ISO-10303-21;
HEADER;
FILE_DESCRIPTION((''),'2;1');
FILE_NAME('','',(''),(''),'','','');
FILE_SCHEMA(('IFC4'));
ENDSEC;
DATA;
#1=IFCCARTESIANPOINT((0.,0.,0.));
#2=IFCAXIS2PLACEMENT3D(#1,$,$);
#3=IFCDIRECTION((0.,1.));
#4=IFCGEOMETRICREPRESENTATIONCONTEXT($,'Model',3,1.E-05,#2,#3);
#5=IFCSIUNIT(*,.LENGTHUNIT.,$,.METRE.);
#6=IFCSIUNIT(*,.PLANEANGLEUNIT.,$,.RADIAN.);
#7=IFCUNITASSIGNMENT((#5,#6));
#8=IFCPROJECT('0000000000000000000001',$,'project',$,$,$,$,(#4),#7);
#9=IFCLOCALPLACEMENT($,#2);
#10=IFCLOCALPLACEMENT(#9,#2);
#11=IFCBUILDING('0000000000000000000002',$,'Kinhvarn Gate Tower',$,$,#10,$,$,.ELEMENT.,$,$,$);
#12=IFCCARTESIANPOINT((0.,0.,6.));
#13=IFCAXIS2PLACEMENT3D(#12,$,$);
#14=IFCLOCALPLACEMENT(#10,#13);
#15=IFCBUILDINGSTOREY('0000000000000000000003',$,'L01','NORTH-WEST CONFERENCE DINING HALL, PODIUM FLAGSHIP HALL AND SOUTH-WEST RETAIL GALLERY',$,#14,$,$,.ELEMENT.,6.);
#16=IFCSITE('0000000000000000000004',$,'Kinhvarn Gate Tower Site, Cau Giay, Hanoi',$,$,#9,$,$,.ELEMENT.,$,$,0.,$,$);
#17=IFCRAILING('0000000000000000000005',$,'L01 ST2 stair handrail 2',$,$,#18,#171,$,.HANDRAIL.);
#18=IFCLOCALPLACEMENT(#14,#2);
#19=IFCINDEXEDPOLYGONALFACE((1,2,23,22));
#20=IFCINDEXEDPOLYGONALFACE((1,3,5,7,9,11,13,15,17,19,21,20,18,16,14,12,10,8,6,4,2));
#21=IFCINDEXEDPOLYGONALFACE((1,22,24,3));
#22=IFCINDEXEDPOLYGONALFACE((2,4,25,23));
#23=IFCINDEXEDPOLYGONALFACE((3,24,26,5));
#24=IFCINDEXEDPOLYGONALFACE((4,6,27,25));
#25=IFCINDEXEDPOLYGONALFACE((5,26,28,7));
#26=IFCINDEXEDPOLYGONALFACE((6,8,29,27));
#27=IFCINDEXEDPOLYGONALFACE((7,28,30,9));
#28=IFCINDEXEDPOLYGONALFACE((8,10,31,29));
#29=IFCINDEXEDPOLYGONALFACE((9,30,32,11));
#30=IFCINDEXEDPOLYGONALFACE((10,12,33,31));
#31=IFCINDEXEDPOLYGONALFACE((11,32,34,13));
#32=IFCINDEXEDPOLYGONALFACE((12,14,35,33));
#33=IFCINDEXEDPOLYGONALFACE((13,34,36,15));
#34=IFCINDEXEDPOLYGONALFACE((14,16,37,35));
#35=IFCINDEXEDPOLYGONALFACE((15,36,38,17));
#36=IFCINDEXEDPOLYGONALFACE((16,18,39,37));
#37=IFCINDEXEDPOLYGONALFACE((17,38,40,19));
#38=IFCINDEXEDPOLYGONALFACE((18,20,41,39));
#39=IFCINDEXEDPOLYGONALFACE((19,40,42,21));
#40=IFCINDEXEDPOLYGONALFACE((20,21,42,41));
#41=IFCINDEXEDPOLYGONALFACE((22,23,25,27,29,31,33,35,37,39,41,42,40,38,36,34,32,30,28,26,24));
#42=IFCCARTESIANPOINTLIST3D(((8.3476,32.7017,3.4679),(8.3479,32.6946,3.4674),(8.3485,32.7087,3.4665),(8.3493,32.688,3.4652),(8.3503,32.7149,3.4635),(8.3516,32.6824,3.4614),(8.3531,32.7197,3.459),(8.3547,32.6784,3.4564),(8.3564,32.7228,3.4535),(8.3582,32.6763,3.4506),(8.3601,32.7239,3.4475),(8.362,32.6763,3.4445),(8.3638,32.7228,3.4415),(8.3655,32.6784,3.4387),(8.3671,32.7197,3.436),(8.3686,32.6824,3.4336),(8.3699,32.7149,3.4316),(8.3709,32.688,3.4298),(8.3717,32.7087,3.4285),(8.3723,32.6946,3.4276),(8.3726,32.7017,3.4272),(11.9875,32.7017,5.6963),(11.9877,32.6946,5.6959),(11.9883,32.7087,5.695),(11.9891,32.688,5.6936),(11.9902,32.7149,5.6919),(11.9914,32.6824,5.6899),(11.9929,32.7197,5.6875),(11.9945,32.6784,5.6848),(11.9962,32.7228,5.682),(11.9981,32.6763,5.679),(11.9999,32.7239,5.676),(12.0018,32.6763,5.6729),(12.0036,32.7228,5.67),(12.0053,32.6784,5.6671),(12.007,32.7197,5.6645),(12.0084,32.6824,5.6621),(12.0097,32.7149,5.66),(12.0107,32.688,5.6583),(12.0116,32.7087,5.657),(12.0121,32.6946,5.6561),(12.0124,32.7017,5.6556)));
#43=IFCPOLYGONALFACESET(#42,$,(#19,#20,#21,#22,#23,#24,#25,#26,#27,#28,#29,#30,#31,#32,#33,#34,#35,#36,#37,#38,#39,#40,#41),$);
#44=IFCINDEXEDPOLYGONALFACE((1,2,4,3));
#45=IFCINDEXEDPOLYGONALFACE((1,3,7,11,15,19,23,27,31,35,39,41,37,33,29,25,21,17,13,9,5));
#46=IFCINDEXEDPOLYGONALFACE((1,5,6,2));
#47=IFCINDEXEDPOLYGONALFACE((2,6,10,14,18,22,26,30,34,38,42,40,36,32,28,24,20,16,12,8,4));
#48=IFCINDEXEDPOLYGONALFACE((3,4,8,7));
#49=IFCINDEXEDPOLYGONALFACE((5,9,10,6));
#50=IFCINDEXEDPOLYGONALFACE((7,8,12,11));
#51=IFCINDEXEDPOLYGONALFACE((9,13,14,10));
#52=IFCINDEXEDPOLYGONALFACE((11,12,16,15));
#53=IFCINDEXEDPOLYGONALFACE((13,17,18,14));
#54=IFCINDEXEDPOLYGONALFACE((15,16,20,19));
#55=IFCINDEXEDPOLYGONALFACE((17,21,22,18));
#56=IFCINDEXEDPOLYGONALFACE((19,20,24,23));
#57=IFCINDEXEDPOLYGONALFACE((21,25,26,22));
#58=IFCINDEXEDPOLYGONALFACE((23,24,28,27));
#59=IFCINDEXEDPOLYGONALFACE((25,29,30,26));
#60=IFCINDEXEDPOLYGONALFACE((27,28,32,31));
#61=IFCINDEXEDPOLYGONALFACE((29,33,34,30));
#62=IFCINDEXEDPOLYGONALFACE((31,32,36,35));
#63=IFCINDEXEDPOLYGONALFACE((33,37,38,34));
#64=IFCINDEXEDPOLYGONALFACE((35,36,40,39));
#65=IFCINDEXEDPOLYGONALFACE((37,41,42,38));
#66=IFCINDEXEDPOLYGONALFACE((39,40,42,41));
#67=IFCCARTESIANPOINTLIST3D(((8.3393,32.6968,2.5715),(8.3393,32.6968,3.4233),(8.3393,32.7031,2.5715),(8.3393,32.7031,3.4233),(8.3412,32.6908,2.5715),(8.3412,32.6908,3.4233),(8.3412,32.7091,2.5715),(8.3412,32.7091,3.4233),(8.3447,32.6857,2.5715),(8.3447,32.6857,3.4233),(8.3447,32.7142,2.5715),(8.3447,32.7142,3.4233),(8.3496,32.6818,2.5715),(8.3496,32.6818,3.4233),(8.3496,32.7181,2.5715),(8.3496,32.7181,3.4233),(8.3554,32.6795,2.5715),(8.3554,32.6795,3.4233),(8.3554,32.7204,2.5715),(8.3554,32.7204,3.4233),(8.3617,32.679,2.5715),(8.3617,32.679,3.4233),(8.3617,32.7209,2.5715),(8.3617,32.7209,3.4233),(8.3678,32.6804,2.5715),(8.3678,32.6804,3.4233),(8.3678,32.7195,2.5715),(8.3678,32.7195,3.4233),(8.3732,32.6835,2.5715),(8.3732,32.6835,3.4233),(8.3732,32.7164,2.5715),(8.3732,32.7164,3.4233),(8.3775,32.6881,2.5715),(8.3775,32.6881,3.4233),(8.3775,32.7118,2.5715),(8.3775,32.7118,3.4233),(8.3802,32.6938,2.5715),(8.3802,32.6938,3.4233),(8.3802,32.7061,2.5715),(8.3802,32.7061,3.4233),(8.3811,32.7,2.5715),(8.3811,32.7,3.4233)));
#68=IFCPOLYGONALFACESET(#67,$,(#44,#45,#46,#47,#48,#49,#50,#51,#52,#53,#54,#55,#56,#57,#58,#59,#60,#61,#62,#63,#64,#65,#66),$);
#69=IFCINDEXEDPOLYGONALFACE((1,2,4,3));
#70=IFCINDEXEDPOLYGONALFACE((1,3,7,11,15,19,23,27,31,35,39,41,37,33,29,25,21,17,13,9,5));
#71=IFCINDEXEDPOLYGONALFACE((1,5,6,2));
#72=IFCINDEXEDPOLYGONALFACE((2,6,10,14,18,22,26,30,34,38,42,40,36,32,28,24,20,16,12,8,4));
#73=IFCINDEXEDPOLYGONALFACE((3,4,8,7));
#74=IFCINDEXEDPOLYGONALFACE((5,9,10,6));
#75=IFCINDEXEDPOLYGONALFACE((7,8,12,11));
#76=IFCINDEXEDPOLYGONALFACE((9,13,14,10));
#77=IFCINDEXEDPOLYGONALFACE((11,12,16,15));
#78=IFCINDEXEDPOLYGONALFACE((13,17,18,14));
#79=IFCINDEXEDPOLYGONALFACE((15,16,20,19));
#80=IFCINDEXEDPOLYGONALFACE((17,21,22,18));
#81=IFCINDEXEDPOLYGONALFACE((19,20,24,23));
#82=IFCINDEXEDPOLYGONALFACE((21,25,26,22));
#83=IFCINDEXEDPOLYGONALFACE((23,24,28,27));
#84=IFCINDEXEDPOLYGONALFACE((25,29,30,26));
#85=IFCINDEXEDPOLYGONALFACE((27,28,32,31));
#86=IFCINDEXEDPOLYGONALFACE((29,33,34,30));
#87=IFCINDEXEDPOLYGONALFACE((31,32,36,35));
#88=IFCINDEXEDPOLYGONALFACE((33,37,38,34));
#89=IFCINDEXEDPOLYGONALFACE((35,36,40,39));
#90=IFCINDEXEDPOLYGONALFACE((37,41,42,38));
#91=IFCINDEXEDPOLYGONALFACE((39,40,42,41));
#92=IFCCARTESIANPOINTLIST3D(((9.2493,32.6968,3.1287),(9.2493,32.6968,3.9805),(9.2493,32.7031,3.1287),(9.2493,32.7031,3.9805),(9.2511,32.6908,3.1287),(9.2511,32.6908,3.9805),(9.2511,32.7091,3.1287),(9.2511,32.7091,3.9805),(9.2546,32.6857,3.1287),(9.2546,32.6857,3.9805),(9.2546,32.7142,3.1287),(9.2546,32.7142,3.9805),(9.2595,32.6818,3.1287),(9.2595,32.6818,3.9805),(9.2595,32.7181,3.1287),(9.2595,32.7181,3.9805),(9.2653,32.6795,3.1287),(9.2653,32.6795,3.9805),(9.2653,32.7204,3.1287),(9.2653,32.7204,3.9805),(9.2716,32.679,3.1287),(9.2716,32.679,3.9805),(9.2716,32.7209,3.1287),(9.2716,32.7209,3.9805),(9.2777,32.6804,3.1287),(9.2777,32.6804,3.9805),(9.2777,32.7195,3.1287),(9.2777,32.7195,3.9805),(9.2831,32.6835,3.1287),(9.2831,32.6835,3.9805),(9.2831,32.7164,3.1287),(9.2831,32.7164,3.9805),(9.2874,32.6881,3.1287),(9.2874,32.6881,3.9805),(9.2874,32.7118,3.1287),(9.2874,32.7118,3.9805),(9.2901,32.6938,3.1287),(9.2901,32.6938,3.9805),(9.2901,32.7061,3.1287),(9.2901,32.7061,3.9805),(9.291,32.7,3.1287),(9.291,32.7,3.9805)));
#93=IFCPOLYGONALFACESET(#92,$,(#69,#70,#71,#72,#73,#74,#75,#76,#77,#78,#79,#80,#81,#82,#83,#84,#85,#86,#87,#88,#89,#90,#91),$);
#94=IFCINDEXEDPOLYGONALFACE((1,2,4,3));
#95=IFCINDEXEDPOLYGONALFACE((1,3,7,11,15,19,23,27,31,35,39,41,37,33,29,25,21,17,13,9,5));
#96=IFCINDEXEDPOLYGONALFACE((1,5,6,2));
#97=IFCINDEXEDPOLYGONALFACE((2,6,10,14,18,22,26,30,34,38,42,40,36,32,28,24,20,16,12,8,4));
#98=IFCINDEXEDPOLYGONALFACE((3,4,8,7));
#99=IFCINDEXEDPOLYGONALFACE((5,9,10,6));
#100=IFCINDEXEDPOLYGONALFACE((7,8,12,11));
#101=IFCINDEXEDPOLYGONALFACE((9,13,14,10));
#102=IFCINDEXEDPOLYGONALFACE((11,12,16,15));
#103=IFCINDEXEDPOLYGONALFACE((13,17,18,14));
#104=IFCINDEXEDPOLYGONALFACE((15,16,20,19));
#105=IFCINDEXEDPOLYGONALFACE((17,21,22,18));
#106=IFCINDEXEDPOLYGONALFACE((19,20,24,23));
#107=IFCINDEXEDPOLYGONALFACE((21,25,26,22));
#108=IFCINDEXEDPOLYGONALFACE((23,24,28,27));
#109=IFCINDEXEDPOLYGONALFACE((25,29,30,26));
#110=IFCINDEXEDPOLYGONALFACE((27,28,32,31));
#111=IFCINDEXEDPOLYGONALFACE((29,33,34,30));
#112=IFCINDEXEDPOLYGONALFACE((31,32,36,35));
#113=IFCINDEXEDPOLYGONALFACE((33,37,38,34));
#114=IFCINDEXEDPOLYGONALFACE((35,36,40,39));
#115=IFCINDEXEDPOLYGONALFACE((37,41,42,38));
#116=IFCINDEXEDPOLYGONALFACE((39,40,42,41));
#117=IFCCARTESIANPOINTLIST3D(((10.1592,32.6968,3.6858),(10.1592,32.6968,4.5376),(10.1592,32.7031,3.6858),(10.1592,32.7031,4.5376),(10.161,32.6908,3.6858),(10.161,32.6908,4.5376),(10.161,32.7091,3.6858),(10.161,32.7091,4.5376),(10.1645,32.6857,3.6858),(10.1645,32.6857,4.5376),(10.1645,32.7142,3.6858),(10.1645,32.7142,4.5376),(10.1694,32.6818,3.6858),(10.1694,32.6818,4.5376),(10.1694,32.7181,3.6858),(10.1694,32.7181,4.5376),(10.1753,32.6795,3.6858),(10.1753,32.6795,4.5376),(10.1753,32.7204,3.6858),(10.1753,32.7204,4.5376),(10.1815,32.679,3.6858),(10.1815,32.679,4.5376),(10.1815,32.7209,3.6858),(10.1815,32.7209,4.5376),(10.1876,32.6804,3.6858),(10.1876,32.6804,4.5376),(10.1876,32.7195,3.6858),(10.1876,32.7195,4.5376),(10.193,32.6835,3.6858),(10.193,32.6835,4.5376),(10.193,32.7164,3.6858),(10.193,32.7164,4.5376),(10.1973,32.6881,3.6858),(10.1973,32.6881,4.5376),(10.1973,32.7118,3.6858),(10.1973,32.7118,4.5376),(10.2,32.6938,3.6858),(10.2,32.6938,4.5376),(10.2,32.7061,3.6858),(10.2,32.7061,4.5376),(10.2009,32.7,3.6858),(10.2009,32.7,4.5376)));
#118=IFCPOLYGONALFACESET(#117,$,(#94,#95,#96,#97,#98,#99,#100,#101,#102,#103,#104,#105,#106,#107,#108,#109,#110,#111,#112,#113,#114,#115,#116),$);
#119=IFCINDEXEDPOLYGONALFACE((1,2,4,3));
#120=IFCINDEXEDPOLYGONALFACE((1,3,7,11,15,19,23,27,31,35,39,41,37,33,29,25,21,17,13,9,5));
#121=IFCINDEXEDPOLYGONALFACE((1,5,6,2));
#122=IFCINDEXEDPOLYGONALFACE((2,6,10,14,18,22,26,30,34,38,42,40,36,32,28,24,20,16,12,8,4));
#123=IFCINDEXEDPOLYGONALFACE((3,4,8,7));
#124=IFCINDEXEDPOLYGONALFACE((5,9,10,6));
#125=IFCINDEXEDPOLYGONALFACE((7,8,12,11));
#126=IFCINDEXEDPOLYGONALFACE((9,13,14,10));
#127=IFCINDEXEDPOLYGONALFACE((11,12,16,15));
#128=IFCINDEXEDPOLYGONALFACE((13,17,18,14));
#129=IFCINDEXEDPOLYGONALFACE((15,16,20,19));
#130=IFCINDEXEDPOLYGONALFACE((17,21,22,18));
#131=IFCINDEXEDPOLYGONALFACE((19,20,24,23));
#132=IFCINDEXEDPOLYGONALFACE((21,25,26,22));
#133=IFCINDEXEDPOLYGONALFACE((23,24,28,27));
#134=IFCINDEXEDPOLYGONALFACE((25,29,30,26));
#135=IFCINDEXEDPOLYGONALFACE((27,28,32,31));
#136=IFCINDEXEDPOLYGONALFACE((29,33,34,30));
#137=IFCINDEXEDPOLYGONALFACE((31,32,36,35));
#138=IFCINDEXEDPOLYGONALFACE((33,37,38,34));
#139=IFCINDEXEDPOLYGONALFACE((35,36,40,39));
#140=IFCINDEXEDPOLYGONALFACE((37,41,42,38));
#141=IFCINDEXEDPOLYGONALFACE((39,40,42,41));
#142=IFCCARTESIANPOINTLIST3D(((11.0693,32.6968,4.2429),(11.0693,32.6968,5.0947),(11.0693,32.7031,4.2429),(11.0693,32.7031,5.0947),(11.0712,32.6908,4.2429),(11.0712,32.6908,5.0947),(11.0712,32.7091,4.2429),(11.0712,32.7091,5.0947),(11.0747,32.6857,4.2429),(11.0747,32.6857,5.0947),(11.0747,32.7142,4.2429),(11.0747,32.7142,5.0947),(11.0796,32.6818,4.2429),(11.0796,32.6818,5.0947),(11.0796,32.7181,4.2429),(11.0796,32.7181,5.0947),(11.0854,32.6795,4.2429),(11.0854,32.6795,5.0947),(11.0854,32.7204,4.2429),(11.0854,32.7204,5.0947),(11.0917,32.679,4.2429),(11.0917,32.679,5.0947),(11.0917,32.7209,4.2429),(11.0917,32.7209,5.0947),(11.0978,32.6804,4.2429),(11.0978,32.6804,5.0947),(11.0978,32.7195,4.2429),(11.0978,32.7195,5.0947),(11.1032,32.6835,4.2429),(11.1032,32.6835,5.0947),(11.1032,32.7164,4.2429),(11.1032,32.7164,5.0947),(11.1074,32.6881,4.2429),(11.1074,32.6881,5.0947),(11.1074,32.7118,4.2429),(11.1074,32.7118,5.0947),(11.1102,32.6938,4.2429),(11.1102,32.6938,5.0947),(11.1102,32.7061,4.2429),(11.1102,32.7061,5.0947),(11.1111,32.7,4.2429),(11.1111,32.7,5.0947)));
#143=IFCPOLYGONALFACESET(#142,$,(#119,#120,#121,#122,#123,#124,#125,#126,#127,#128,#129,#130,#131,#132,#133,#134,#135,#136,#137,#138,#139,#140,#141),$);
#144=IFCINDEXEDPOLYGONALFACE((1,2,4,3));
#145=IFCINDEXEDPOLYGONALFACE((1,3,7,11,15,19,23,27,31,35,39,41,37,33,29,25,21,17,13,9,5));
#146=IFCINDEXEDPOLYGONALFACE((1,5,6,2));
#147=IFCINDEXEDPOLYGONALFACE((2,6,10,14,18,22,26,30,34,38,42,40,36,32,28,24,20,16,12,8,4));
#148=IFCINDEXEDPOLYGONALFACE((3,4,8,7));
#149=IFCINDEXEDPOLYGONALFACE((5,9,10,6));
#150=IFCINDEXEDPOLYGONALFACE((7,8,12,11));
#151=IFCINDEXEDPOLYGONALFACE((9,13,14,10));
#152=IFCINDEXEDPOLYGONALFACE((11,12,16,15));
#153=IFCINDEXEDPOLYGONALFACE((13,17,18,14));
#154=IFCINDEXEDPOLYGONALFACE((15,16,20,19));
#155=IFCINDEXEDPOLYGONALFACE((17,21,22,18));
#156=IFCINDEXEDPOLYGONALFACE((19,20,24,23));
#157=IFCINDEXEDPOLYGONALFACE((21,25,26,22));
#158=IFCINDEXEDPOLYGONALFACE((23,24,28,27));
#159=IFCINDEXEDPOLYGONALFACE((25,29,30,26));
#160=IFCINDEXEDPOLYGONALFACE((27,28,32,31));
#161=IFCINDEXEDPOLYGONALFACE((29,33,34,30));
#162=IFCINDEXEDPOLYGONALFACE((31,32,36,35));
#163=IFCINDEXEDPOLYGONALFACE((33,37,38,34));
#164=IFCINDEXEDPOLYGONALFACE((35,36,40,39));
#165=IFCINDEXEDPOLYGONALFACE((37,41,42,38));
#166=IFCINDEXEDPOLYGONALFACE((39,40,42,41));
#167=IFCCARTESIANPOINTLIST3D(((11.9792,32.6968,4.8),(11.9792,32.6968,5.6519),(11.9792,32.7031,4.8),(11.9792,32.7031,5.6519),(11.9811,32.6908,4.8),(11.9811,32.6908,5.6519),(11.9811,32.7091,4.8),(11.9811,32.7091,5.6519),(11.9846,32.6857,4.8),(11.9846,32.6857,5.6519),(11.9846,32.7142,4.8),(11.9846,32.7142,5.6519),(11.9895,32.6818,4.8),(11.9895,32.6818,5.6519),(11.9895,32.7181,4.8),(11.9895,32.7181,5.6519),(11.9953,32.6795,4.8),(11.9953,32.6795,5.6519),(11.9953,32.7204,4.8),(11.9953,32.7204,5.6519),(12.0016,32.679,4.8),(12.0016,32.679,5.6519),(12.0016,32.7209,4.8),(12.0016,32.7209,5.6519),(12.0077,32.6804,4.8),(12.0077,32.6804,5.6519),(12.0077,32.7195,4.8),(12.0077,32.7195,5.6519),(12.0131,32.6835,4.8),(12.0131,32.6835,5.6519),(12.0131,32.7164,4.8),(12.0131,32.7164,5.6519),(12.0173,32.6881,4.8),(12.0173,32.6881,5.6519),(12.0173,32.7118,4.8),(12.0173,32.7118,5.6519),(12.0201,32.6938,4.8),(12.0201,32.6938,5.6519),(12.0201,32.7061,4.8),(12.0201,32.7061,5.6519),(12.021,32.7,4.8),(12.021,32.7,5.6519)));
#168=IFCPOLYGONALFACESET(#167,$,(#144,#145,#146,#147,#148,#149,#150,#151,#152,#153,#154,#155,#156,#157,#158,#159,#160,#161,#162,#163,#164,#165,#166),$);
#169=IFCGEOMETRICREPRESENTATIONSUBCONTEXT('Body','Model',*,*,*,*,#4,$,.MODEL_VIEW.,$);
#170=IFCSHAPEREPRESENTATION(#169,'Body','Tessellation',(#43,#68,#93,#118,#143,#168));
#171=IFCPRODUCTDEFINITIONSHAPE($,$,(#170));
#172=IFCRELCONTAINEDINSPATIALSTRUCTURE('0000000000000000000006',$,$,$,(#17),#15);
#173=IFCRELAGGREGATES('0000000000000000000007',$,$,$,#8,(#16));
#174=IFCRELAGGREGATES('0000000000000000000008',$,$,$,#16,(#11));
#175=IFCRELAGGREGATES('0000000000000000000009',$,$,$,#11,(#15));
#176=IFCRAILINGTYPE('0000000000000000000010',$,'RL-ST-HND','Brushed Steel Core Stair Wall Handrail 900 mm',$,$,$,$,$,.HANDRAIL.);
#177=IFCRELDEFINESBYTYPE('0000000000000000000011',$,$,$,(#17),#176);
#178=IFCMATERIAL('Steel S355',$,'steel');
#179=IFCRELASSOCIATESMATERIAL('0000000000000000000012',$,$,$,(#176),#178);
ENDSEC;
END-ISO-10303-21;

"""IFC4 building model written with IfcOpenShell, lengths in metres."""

from ifc_helpers import new_model, si_unit, direction, frame, origin, origin_2d, place, context, subcontext, project, spatial, circle, extrude, material, type_object, element, save


model = new_model("IFC4")

# Units and contexts
model_context = context("Model", 3, precision=1e-05, world=origin(), true_north=direction((0.0, 1.0)))
body_context = subcontext(model_context, "Body", "Model", "MODEL_VIEW")
ifc_project = project(units=[si_unit("LENGTHUNIT", "METRE"), si_unit("PLANEANGLEUNIT", "RADIAN")], contexts=[model_context])

# Site, building, storey
site_placement = place(None, origin())
site = spatial("IfcSite", under=ifc_project, at=site_placement, Name="Kinhvarn Gate Tower Site, Cau Giay, Hanoi", CompositionType="ELEMENT", RefElevation=0.0)
building_placement = place(site_placement, origin())
building = spatial("IfcBuilding", under=site, at=building_placement, Name="Kinhvarn Gate Tower", CompositionType="ELEMENT")
storey_placement = place(building_placement, frame((0.0, 0.0, 6.0)))
storey = spatial("IfcBuildingStorey", under=building, at=storey_placement, Name="L01", Description="NORTH-WEST CONFERENCE DINING HALL, PODIUM FLAGSHIP HALL AND SOUTH-WEST RETAIL GALLERY", CompositionType="ELEMENT", Elevation=6.0)

# Shared definitions
ifc_material_1 = material(Name="Steel S355", Category="steel")

# Railing
railing_type = type_object("IfcRailingType", Name="RL-ST-HND", Description="Brushed Steel Core Stair Wall Handrail 900 mm", PredefinedType="HANDRAIL", material=ifc_material_1)
railing_placement = place(storey_placement, frame((8.3601, 32.7, 2.5715)))
element("IfcRailing", 1, at=railing_placement, inside=storey, type_object=railing_type, Name="L01 ST2 stair handrail 2", PredefinedType="HANDRAIL", context=body_context, shape_type="SweptSolid", body=[
    extrude(circle(Radius=0.0239, at=origin_2d()), frame((0.0, 0.0, 0.876), z_axis=(0.85285, 0.0, 0.522156), x_axis=(0.0, 1.0, 0.0)), (0.0, 0.0, 1.0), 4.2678),
    extrude(circle(Radius=0.021, at=origin_2d()), origin(), (0.0, 0.0, 1.0), 0.8518),
    extrude(circle(Radius=0.021, at=origin_2d()), frame((0.9099, 0.0, 0.5571)), (0.0, 0.0, 1.0), 0.8518),
    extrude(circle(Radius=0.021, at=origin_2d()), frame((1.8198, 0.0, 1.1143)), (0.0, 0.0, 1.0), 0.8518),
    extrude(circle(Radius=0.021, at=origin_2d()), frame((2.73, 0.0, 1.6714)), (0.0, 0.0, 1.0), 0.8518),
    extrude(circle(Radius=0.021, at=origin_2d()), frame((3.6399, 0.0, 2.2285)), (0.0, 0.0, 1.0), 0.8518),
])

save(model, "model.ifc")
